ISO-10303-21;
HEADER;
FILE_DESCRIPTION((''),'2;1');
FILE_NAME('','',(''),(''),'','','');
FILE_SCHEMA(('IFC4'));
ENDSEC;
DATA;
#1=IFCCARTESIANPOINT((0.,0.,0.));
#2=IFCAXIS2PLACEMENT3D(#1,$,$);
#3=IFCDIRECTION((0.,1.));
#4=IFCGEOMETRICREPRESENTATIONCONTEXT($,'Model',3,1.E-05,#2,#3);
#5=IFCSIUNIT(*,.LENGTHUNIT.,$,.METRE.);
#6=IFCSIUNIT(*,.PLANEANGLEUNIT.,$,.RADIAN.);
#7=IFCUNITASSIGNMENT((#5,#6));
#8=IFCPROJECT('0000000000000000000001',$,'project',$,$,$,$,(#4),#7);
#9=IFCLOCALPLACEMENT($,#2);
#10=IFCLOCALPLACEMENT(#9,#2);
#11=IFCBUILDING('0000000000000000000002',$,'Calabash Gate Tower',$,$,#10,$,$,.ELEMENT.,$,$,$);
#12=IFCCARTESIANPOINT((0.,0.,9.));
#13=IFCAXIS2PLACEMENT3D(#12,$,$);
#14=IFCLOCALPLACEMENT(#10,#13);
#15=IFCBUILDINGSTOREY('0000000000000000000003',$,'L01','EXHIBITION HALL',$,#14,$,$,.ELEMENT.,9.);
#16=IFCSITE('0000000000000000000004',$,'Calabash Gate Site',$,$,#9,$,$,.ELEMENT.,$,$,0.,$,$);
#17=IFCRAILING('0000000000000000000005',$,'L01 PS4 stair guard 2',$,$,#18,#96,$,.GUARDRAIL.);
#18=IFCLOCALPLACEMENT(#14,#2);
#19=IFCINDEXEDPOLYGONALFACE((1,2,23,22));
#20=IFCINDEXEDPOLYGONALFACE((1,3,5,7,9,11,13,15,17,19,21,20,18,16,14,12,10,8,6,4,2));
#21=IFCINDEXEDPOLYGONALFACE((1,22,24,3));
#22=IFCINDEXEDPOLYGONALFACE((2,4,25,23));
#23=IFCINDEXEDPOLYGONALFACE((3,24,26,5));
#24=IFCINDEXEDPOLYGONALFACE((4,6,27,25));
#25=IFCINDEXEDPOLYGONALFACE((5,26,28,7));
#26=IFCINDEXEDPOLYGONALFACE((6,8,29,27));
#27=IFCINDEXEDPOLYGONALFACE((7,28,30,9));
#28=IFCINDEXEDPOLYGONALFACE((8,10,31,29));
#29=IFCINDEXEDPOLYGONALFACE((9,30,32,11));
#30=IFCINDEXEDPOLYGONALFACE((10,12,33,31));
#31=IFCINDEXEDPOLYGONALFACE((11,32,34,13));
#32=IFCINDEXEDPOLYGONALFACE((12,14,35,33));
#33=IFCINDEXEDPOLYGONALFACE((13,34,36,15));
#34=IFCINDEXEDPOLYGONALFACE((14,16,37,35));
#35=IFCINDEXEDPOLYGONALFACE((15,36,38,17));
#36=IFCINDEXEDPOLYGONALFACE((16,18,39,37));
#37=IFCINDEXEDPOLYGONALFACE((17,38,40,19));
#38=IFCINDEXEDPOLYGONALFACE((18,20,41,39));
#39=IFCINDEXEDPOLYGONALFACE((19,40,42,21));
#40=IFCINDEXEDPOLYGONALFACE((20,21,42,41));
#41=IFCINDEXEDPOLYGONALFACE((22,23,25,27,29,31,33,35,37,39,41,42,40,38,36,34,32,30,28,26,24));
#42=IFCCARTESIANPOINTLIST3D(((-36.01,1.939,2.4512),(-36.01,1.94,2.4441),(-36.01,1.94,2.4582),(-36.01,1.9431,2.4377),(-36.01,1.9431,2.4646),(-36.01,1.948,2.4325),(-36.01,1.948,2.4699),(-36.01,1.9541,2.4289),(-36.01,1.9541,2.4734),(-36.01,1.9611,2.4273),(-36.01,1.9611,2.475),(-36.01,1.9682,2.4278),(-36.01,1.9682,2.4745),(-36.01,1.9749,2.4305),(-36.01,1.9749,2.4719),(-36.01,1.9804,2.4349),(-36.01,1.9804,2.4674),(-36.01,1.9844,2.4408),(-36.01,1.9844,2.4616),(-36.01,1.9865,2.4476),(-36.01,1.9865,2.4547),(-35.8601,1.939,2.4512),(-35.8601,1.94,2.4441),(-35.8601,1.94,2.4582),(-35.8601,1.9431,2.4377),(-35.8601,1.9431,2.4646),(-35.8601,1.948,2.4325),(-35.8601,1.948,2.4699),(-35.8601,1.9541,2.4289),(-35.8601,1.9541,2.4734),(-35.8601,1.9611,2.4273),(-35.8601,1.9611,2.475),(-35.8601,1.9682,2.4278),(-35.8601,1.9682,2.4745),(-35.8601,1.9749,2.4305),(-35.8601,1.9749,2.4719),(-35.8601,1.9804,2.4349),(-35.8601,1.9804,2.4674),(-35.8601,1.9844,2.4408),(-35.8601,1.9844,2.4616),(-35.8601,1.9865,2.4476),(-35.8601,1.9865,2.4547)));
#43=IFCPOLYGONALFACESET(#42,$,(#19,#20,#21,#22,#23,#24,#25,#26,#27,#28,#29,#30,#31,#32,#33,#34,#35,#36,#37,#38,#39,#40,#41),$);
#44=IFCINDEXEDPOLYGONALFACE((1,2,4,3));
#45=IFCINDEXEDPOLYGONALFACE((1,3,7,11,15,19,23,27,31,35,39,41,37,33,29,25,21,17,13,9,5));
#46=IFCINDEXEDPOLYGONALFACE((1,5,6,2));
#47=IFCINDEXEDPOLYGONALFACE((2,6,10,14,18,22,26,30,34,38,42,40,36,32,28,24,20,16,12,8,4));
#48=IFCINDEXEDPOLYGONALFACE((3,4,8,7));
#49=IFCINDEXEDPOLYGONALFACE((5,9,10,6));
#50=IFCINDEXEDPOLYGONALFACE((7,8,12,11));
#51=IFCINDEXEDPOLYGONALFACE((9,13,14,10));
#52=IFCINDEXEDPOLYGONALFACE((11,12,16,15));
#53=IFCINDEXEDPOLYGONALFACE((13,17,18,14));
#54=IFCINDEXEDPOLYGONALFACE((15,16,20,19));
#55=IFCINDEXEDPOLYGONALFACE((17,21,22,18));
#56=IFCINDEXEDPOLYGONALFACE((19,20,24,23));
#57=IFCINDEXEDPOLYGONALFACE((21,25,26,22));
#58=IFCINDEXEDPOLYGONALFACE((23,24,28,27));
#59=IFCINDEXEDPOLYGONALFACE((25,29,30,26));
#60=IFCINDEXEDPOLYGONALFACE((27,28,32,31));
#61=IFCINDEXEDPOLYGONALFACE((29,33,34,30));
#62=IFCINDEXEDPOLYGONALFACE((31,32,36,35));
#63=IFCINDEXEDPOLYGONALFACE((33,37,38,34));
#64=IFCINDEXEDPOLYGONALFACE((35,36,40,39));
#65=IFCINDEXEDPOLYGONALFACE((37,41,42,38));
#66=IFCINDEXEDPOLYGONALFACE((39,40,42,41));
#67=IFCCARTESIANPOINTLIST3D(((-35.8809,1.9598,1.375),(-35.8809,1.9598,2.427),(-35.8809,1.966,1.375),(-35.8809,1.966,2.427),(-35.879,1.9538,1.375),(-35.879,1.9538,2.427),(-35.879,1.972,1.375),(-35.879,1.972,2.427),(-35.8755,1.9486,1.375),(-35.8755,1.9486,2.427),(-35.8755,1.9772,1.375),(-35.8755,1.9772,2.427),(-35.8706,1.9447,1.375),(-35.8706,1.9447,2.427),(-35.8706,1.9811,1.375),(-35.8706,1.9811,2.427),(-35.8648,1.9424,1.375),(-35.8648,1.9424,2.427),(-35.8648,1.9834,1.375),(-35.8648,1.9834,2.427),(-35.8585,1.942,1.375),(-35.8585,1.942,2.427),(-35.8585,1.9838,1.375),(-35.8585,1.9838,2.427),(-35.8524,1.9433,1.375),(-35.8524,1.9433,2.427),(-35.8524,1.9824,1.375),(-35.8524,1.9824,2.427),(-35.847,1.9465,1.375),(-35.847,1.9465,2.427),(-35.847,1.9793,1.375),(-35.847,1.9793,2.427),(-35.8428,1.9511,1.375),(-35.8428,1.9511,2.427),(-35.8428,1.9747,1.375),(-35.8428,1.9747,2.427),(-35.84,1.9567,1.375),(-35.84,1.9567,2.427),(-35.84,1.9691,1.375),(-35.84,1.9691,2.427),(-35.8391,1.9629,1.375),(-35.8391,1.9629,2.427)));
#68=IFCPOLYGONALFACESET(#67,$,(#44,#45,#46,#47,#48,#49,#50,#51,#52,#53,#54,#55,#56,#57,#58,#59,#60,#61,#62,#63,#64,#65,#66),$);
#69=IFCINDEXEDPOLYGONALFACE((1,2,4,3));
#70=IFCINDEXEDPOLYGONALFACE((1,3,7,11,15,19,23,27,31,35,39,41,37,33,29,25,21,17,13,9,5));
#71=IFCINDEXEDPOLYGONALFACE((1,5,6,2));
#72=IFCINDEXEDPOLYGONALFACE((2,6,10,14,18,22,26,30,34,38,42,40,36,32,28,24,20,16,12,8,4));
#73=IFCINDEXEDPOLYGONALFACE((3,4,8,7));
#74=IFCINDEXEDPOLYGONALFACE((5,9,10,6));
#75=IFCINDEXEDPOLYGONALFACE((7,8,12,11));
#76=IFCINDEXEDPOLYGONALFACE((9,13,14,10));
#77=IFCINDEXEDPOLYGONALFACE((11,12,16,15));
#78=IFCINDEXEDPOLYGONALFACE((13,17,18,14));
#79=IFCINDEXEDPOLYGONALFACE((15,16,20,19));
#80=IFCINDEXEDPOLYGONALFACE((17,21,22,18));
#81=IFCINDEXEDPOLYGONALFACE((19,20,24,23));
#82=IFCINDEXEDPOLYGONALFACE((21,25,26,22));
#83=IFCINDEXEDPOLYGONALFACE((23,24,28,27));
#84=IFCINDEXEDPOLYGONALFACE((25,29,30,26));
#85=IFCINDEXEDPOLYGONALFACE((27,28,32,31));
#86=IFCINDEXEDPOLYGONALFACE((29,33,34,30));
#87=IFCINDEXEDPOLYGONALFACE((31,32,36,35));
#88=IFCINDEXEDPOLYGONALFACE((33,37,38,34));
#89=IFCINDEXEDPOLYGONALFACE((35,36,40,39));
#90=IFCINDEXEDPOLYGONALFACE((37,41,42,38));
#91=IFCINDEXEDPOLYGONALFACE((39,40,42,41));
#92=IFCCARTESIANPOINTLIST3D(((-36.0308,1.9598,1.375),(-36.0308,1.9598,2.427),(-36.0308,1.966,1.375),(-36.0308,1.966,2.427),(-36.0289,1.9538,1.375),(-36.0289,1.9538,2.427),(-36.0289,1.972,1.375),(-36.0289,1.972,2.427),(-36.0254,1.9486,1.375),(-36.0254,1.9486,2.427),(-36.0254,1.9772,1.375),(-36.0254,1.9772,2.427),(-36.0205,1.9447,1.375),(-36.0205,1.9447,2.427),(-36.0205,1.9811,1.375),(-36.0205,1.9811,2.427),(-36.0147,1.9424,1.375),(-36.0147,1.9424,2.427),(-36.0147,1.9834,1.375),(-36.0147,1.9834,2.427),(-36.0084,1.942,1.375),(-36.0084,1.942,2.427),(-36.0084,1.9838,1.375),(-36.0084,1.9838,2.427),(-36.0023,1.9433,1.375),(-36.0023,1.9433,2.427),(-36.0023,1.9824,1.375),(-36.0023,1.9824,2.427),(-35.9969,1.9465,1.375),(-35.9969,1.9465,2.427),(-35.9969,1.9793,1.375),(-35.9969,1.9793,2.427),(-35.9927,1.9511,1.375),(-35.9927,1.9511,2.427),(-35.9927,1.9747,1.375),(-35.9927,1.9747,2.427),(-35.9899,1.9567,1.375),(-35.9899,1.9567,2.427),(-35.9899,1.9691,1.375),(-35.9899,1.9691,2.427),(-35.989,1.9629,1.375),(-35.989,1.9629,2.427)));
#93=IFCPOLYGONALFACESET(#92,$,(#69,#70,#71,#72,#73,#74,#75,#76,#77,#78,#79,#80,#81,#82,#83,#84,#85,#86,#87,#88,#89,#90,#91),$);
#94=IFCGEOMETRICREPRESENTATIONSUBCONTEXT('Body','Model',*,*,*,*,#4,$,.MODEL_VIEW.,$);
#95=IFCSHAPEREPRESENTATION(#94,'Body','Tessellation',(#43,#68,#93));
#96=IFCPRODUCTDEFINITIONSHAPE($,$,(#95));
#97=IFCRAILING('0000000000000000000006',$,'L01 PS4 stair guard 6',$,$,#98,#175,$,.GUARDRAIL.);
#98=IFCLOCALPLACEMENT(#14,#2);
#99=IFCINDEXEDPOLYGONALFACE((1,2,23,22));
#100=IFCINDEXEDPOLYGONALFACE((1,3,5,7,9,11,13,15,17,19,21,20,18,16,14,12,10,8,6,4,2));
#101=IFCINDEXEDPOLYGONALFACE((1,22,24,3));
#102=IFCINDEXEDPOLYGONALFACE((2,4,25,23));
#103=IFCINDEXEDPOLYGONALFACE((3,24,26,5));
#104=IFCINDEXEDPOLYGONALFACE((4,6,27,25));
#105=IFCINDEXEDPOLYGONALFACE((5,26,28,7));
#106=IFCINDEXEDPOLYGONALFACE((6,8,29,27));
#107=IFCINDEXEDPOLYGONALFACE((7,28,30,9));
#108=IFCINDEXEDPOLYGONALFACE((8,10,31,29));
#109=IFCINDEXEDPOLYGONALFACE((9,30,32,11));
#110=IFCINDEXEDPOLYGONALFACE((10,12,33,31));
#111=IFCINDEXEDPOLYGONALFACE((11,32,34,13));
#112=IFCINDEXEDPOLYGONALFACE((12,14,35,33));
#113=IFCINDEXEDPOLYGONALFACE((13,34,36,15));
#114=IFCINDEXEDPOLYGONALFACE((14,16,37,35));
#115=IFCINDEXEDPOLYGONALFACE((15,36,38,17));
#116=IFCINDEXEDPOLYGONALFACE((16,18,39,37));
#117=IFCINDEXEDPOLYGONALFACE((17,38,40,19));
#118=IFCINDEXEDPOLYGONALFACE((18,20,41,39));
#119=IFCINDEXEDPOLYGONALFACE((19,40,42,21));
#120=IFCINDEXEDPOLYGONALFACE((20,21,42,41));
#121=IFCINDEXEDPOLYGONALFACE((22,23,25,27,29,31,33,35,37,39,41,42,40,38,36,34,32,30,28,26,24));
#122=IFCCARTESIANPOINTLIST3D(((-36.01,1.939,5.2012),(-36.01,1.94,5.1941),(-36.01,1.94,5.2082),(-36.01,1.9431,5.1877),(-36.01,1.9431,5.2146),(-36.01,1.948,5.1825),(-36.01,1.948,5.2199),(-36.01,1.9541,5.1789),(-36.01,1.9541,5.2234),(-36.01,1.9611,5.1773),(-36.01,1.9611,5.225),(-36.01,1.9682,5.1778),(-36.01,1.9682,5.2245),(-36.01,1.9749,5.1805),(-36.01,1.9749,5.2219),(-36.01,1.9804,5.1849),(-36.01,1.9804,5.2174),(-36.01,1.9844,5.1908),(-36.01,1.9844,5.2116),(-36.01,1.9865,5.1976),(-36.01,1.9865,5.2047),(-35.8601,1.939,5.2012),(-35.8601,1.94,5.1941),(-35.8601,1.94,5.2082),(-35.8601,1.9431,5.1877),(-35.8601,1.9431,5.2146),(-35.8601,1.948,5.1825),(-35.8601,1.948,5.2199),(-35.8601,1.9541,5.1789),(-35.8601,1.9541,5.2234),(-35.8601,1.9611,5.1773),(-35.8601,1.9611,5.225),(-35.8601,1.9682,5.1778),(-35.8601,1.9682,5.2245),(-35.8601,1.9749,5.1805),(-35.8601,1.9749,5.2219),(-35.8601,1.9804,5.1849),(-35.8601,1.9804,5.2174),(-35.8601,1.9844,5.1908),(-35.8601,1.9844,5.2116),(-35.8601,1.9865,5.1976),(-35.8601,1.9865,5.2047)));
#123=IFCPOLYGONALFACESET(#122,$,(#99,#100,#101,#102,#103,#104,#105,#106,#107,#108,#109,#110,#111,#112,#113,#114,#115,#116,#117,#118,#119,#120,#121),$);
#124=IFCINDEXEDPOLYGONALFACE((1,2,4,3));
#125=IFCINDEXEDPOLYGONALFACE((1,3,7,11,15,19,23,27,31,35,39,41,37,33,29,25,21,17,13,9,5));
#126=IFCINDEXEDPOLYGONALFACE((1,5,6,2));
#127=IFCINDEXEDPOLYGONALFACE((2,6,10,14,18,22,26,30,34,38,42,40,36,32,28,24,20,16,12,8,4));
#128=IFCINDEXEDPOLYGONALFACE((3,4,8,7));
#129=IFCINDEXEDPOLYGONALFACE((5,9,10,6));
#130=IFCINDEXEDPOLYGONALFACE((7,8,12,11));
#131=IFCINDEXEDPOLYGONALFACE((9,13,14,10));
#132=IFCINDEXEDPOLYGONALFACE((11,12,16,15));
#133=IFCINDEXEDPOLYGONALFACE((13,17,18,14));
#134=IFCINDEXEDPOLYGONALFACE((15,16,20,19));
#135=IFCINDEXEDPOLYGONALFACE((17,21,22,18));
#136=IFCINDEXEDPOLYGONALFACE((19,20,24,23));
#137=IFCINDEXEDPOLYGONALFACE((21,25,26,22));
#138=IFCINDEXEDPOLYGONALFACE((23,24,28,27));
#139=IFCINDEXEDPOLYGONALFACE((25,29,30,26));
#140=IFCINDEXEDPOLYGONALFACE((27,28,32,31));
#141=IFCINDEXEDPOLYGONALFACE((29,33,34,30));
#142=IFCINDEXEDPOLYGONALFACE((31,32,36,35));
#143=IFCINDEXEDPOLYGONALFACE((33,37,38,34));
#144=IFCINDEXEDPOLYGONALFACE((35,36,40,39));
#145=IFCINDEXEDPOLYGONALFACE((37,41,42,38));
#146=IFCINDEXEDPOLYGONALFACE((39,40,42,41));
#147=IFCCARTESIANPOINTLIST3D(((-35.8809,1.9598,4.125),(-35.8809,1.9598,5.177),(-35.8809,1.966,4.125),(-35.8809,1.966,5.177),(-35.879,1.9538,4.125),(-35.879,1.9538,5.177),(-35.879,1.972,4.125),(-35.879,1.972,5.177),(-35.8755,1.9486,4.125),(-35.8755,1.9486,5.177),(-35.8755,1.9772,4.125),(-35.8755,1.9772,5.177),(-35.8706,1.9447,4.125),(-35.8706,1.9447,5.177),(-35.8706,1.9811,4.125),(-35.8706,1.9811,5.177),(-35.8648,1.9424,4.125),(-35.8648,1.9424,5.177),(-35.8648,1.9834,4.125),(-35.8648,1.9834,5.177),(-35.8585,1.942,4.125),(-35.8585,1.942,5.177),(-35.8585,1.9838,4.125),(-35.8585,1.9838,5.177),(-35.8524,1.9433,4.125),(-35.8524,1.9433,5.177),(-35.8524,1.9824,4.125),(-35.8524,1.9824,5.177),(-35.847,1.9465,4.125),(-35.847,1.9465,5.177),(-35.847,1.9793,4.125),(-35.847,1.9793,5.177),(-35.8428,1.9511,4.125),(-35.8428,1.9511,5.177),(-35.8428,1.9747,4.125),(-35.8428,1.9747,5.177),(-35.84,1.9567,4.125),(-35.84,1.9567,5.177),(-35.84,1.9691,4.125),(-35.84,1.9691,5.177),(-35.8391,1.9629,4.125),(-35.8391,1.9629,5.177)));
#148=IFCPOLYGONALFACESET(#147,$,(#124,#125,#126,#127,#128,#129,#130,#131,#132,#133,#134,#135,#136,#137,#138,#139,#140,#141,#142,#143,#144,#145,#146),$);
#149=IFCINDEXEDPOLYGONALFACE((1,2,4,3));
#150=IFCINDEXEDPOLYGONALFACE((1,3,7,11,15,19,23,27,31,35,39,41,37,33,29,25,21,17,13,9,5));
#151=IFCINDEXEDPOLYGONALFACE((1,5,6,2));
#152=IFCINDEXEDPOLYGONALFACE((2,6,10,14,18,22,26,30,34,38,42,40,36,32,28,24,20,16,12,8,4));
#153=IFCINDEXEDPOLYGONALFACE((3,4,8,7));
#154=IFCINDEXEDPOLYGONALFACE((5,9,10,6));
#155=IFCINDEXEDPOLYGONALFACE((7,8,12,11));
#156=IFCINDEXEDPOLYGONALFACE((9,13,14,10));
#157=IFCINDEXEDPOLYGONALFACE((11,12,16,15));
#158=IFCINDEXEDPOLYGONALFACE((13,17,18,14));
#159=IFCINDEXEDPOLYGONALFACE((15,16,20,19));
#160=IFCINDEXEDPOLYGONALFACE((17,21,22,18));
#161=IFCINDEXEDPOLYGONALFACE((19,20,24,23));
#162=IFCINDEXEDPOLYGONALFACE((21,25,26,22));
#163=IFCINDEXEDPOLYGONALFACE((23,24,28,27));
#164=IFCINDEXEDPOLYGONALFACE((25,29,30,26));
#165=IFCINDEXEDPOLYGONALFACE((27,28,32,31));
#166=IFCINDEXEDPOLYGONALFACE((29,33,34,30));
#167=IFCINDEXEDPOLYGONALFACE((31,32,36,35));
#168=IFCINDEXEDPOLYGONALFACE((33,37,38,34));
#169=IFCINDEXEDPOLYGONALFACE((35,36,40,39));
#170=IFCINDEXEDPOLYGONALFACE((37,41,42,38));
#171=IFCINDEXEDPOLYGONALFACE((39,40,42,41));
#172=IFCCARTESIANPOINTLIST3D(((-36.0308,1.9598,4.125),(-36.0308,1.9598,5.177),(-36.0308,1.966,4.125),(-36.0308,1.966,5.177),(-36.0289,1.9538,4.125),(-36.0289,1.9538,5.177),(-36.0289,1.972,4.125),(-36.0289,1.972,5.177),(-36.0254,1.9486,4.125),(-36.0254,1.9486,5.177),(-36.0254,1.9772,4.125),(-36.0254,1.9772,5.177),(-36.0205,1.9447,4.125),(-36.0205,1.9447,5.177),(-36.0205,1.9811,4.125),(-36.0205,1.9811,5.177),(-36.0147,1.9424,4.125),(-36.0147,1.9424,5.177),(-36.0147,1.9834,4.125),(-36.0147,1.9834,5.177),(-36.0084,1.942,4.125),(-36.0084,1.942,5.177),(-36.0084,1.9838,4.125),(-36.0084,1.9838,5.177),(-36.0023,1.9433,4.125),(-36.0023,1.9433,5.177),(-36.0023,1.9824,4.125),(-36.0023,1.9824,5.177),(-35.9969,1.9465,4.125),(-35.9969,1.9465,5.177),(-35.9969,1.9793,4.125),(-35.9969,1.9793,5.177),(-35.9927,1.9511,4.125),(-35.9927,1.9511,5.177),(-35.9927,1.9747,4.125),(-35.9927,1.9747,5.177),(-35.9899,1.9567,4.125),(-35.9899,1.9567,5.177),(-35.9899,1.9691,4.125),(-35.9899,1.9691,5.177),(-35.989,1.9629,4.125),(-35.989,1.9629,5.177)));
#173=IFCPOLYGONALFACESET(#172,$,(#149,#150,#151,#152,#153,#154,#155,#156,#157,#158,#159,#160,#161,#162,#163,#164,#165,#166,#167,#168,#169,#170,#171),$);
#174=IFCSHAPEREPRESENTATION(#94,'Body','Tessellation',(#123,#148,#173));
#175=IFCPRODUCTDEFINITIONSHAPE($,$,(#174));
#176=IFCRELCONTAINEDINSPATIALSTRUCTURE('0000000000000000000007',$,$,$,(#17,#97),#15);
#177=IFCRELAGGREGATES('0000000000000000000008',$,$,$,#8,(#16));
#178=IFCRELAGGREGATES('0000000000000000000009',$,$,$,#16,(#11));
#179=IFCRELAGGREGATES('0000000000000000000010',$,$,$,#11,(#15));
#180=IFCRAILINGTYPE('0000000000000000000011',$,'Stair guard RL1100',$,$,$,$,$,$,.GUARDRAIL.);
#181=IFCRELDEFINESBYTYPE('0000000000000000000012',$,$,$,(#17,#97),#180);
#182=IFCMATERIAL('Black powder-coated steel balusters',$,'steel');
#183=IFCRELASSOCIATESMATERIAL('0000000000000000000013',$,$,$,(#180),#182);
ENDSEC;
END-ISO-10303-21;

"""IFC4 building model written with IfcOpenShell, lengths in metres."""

from ifc_helpers import new_model, si_unit, direction, frame, origin, origin_2d, place, context, subcontext, project, spatial, circle, extrude, material, type_object, element, save


model = new_model("IFC4")

# Units and contexts
model_context = context("Model", 3, precision=1e-05, world=origin(), true_north=direction((0.0, 1.0)))
body_context = subcontext(model_context, "Body", "Model", "MODEL_VIEW")
ifc_project = project(units=[si_unit("LENGTHUNIT", "METRE"), si_unit("PLANEANGLEUNIT", "RADIAN")], contexts=[model_context])

# Site, building, storey
site_placement = place(None, origin())
site = spatial("IfcSite", under=ifc_project, at=site_placement, Name="Calabash Gate Site", CompositionType="ELEMENT", RefElevation=0.0)
building_placement = place(site_placement, origin())
building = spatial("IfcBuilding", under=site, at=building_placement, Name="Calabash Gate Tower", CompositionType="ELEMENT")
storey_placement = place(building_placement, frame((0.0, 0.0, 9.0)))
storey = spatial("IfcBuildingStorey", under=building, at=storey_placement, Name="L01", Description="EXHIBITION HALL", CompositionType="ELEMENT", Elevation=9.0)

# Railings
ifc_material_1 = material(Name="Black powder-coated steel balusters", Category="steel")
railing_type_1 = type_object("IfcRailingType", Name="Stair guard RL1100", PredefinedType="GUARDRAIL", material=ifc_material_1)
for number, where, name in (
    (1, (-35.8601, 1.9629, 1.375), "L01 PS4 stair guard 2"),
    (2, (-35.8601, 1.9629, 4.125), "L01 PS4 stair guard 6"),
):
    element("IfcRailing", number, at=place(storey_placement, frame(where)), inside=storey, type_object=railing_type_1, Name=name, PredefinedType="GUARDRAIL", context=body_context, shape_type="SweptSolid", body=[
        extrude(circle(Radius=0.0239, at=origin_2d()), frame((0.0, 0.0, 1.0762), z_axis=(-1.0, 0.0, 0.0), x_axis=(0.0, -1.0, 0.0)), (0.0, 0.0, 1.0), 0.1499),
        extrude(circle(Radius=0.021, at=origin_2d()), origin(), (0.0, 0.0, 1.0), 1.052),
        extrude(circle(Radius=0.021, at=origin_2d()), frame((-0.1499, 0.0, 0.0)), (0.0, 0.0, 1.0), 1.052),
    ])

save(model, "model.ifc")
